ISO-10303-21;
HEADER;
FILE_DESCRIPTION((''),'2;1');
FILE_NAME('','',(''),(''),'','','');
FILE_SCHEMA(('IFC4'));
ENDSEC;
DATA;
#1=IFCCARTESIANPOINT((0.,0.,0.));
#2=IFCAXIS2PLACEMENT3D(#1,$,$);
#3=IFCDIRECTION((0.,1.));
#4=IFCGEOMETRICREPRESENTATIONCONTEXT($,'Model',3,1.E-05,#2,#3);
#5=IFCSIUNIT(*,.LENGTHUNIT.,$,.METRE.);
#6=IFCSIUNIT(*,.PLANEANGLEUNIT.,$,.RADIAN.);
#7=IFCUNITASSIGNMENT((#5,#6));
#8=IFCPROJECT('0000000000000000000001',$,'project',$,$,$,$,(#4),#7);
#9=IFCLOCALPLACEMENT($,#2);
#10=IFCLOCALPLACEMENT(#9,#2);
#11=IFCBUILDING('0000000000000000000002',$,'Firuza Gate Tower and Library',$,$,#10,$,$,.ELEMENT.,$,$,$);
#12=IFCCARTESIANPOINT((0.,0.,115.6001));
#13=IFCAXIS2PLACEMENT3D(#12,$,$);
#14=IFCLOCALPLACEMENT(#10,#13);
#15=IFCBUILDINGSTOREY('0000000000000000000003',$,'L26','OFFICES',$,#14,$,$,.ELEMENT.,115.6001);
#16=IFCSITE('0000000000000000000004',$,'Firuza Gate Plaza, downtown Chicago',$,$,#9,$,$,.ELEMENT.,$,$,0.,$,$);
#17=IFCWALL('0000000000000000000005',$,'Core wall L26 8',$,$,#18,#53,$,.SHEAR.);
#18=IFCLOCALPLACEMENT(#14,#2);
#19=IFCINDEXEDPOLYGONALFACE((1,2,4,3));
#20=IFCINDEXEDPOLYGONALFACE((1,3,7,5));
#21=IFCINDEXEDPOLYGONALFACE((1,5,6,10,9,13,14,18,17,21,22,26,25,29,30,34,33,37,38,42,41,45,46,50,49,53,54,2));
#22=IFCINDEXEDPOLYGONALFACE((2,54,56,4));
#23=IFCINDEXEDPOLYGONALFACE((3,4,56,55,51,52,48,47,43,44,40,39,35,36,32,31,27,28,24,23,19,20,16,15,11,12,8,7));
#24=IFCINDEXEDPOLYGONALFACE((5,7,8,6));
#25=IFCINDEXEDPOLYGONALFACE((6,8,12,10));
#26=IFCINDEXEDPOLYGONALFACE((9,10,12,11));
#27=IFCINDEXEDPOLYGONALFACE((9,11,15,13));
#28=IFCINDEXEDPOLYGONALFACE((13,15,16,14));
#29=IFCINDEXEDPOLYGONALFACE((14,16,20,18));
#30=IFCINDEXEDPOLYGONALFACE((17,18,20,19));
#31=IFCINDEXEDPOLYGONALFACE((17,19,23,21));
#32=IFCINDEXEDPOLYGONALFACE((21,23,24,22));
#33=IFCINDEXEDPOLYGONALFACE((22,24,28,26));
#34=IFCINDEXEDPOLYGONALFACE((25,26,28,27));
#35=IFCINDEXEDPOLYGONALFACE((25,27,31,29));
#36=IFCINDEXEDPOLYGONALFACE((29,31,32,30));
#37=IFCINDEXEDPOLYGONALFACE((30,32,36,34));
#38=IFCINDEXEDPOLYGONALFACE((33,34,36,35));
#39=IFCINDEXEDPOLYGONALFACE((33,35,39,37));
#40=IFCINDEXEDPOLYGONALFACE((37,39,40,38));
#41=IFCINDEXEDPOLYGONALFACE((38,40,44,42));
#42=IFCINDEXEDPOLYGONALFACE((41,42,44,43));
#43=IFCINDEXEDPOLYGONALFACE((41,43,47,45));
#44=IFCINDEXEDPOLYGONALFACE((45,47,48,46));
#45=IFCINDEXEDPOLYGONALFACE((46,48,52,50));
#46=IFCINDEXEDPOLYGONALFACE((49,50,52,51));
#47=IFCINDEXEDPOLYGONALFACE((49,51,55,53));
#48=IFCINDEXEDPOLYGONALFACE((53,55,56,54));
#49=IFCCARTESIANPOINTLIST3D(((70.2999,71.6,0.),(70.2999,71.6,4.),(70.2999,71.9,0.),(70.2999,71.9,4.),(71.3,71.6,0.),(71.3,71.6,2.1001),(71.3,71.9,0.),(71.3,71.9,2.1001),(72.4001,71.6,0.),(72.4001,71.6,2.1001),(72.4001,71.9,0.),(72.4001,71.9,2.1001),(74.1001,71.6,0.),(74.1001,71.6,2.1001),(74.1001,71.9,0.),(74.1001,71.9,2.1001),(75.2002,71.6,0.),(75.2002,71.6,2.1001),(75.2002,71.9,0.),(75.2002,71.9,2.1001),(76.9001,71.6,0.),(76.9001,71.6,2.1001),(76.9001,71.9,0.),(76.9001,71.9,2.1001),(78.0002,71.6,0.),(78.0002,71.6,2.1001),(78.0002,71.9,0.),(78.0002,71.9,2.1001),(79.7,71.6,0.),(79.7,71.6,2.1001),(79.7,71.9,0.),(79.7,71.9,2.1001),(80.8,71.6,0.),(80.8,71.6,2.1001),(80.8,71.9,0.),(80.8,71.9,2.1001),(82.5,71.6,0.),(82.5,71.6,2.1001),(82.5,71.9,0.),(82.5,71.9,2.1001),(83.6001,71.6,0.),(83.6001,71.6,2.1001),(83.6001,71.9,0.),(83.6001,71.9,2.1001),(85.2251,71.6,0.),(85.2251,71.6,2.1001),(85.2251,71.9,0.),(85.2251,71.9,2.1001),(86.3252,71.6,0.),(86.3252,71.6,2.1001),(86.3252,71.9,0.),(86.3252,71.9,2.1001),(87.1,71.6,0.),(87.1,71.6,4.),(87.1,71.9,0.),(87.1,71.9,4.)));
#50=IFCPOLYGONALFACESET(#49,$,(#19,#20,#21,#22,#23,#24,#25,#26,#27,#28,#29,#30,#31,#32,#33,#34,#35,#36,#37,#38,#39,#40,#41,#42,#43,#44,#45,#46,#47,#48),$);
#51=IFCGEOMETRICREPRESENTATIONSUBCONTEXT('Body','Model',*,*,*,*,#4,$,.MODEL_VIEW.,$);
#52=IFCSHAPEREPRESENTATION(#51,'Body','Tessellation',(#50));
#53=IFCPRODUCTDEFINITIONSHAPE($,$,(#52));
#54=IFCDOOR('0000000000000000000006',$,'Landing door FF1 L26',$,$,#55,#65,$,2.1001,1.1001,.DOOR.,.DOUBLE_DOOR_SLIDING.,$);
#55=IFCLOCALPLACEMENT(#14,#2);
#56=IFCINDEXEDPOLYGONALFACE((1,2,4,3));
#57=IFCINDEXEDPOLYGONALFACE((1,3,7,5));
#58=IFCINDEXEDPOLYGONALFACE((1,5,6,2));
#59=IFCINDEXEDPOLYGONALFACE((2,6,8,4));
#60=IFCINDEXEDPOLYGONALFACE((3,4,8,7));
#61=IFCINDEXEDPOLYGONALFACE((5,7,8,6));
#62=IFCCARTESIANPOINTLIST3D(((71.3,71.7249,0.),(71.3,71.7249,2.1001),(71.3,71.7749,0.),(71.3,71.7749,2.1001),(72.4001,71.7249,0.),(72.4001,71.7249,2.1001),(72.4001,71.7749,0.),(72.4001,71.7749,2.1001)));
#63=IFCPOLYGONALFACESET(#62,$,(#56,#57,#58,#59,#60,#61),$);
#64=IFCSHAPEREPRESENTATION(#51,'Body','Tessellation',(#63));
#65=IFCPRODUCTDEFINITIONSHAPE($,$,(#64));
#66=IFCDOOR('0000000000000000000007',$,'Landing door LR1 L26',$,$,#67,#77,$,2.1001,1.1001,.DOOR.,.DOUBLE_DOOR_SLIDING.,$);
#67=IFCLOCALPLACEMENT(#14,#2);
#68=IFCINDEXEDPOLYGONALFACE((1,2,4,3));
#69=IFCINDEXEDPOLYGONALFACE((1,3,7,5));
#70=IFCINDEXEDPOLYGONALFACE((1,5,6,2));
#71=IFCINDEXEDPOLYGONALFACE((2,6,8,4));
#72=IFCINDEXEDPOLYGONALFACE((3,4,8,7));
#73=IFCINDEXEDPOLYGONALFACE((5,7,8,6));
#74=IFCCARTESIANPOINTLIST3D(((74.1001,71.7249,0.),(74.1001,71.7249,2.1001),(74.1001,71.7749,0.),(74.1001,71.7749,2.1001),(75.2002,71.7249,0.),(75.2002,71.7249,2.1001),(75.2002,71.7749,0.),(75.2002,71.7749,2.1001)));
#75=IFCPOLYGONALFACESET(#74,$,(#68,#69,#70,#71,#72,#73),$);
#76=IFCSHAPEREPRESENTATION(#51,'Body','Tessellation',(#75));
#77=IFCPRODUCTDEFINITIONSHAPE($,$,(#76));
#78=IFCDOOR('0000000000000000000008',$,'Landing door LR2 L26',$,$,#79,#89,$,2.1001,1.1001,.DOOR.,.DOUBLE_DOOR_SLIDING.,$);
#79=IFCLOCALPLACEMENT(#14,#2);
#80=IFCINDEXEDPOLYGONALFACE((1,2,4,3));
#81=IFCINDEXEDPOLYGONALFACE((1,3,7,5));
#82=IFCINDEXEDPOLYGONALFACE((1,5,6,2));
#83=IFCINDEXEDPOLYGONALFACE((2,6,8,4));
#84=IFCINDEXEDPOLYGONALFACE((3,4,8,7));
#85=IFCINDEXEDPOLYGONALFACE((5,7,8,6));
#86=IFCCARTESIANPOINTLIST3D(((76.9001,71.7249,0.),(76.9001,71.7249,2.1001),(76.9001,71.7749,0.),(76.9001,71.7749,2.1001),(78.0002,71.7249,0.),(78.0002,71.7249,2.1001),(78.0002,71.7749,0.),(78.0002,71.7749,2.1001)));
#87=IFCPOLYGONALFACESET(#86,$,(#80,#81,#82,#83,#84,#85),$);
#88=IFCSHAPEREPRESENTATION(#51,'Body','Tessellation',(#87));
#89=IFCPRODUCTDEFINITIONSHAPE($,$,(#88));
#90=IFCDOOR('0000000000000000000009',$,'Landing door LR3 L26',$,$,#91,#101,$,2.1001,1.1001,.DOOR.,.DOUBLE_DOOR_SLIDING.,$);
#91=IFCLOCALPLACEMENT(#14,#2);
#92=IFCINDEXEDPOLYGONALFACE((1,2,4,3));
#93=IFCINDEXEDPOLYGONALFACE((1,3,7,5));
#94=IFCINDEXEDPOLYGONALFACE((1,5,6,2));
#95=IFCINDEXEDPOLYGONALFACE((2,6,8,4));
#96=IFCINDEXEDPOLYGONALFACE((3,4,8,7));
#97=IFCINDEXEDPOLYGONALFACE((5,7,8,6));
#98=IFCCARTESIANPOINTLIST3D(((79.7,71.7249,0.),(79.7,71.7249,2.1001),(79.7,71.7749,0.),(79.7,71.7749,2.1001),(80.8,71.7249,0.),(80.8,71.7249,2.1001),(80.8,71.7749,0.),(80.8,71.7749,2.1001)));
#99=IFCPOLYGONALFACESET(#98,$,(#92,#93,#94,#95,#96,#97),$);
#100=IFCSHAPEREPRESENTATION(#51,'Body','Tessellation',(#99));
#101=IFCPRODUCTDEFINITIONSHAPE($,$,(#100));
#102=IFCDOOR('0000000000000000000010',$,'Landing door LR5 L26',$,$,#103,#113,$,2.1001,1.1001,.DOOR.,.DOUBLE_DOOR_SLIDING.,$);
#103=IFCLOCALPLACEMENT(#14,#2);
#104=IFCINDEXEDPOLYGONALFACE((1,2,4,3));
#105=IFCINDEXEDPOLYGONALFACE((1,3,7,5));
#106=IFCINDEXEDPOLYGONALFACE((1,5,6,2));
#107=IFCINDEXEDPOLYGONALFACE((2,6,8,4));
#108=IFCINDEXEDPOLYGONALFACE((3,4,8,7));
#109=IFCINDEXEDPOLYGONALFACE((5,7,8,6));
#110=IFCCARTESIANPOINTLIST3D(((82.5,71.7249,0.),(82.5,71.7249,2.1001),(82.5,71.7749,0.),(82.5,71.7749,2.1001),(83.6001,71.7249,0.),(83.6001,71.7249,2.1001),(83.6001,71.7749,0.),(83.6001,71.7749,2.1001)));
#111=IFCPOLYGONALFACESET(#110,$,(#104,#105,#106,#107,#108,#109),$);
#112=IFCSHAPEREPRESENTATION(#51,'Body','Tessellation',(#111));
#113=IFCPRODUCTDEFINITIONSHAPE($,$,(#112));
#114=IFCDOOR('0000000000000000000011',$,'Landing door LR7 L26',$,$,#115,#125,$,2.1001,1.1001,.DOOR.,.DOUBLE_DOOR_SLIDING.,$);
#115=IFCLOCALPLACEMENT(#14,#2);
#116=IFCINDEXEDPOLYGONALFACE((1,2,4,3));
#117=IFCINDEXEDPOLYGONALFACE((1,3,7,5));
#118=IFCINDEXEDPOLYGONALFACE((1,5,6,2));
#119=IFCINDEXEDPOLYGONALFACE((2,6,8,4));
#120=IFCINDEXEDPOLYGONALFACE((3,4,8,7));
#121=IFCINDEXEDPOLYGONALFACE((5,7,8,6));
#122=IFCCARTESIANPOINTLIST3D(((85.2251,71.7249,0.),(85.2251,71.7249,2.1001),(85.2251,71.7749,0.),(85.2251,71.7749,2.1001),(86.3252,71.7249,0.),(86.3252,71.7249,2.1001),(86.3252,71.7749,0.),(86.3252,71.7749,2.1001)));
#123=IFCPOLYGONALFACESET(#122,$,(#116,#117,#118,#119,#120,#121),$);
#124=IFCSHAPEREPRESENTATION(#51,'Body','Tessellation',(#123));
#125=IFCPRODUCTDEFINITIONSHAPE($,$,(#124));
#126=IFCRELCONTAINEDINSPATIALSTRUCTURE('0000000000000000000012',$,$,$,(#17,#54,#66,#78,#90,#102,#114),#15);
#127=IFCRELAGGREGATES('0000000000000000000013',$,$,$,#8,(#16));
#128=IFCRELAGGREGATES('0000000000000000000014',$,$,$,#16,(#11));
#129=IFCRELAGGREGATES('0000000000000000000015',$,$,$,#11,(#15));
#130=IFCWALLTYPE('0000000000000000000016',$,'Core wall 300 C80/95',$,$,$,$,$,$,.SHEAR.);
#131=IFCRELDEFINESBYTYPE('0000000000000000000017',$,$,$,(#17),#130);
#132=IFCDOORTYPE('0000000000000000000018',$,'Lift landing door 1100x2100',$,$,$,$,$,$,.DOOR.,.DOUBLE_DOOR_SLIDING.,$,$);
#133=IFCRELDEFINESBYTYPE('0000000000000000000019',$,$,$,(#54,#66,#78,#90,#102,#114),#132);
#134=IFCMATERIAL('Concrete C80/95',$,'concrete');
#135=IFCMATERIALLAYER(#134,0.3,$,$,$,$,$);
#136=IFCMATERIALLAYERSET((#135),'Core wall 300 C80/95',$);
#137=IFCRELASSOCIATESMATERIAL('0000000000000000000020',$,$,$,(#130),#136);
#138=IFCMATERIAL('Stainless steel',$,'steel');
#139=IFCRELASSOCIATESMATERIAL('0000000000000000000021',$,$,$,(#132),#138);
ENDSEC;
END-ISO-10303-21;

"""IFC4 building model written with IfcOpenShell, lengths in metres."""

from ifc_helpers import new_model, si_unit, direction, frame, frame_2d, origin, place, context, subcontext, project, spatial, rectangle, extrude, material, layer, layer_set, type_object, element, fill, save


model = new_model("IFC4")

# Units and contexts
model_context = context("Model", 3, precision=1e-05, world=origin(), true_north=direction((0.0, 1.0)))
body_context = subcontext(model_context, "Body", "Model", "MODEL_VIEW")
ifc_project = project(units=[si_unit("LENGTHUNIT", "METRE"), si_unit("PLANEANGLEUNIT", "RADIAN")], contexts=[model_context])

# Site, building, storey
site_placement = place(None, origin())
site = spatial("IfcSite", under=ifc_project, at=site_placement, Name="Firuza Gate Plaza, downtown Chicago", CompositionType="ELEMENT", RefElevation=0.0)
building_placement = place(site_placement, origin())
building = spatial("IfcBuilding", under=site, at=building_placement, Name="Firuza Gate Tower and Library", CompositionType="ELEMENT")
storey_placement = place(building_placement, frame((0.0, 0.0, 115.6001)))
storey = spatial("IfcBuildingStorey", under=building, at=storey_placement, Name="L26", Description="OFFICES", CompositionType="ELEMENT", Elevation=115.6001)

# Shared definitions
ifc_material_1 = material(Name="Concrete C80/95", Category="concrete")
ifc_layer_1 = layer(ifc_material_1, 0.3)
ifc_layer_set_1 = layer_set([ifc_layer_1], Name="Core wall 300 C80/95")
wall_type_1 = type_object("IfcWallType", Name="Core wall 300 C80/95", PredefinedType="SHEAR", material=ifc_layer_set_1)

# Wall, openings, doors
wall_1_placement = place(storey_placement, frame((70.3, 71.75, 0.0), z_axis=(0.0, 0.0, 1.0), x_axis=(1.0, 0.0, 0.0)))
wall_1 = element("IfcWall", 1, at=wall_1_placement, inside=storey, type_object=wall_type_1, Name="Core wall L26 8", PredefinedType="SHEAR", context=body_context, shape_type="SweptSolid", body=[
    extrude(rectangle(XDim=16.8, YDim=0.3, at=frame_2d((8.3999, 0.0))), origin(), (0.0, 0.0, 1.0), 4.0),
])
opening_1_placement = place(wall_1_placement, frame((1.0, 0.0, 0.0)))
opening_1 = element("IfcOpeningElement", 2, at=opening_1_placement, cuts=wall_1, PredefinedType="OPENING", context=body_context, shape_type="SweptSolid", body=[
    extrude(rectangle(XDim=1.1001, YDim=2.1001, at=frame_2d((0.55, 1.05))), frame((0.0, 0.1602, 0.0), z_axis=(0.0, -1.0, 0.0), x_axis=(1.0, 0.0, 0.0)), (0.0, 0.0, 1.0), 0.3201),
])
opening_2_placement = place(wall_1_placement, frame((3.8, 0.0, 0.0)))
opening_2 = element("IfcOpeningElement", 3, at=opening_2_placement, cuts=wall_1, PredefinedType="OPENING", context=body_context, shape_type="SweptSolid", body=[
    extrude(rectangle(XDim=1.1001, YDim=2.1001, at=frame_2d((0.55, 1.05))), frame((0.0, 0.1602, 0.0), z_axis=(0.0, -1.0, 0.0), x_axis=(1.0, 0.0, 0.0)), (0.0, 0.0, 1.0), 0.3201),
])
opening_3_placement = place(wall_1_placement, frame((6.6001, 0.0, 0.0)))
opening_3 = element("IfcOpeningElement", 4, at=opening_3_placement, cuts=wall_1, PredefinedType="OPENING", context=body_context, shape_type="SweptSolid", body=[
    extrude(rectangle(XDim=1.1001, YDim=2.1001, at=frame_2d((0.55, 1.05))), frame((0.0, 0.1602, 0.0), z_axis=(0.0, -1.0, 0.0), x_axis=(1.0, 0.0, 0.0)), (0.0, 0.0, 1.0), 0.3201),
])
opening_4_placement = place(wall_1_placement, frame((9.3999, 0.0, 0.0)))
opening_4 = element("IfcOpeningElement", 5, at=opening_4_placement, cuts=wall_1, PredefinedType="OPENING", context=body_context, shape_type="SweptSolid", body=[
    extrude(rectangle(XDim=1.1001, YDim=2.1001, at=frame_2d((0.55, 1.05))), frame((0.0, 0.1602, 0.0), z_axis=(0.0, -1.0, 0.0), x_axis=(1.0, 0.0, 0.0)), (0.0, 0.0, 1.0), 0.3201),
])
opening_5_placement = place(wall_1_placement, frame((12.2, 0.0, 0.0)))
opening_5 = element("IfcOpeningElement", 6, at=opening_5_placement, cuts=wall_1, PredefinedType="OPENING", context=body_context, shape_type="SweptSolid", body=[
    extrude(rectangle(XDim=1.1001, YDim=2.1001, at=frame_2d((0.55, 1.05))), frame((0.0, 0.1602, 0.0), z_axis=(0.0, -1.0, 0.0), x_axis=(1.0, 0.0, 0.0)), (0.0, 0.0, 1.0), 0.3201),
])
opening_6_placement = place(wall_1_placement, frame((14.925, 0.0, 0.0)))
opening_6 = element("IfcOpeningElement", 7, at=opening_6_placement, cuts=wall_1, PredefinedType="OPENING", context=body_context, shape_type="SweptSolid", body=[
    extrude(rectangle(XDim=1.1001, YDim=2.1001, at=frame_2d((0.55, 1.05))), frame((0.0, 0.1602, 0.0), z_axis=(0.0, -1.0, 0.0), x_axis=(1.0, 0.0, 0.0)), (0.0, 0.0, 1.0), 0.3201),
])
ifc_material_2 = material(Name="Stainless steel", Category="steel")
door_type_1 = type_object("IfcDoorType", Name="Lift landing door 1100x2100", OperationType="DOUBLE_DOOR_SLIDING", PredefinedType="DOOR", material=ifc_material_2)
door_1_placement = place(opening_1_placement, origin())
door_1 = element("IfcDoor", 8, at=door_1_placement, inside=storey, type_object=door_type_1, Name="Landing door FF1 L26", OperationType="DOUBLE_DOOR_SLIDING", OverallHeight=2.1001, OverallWidth=1.1001, PredefinedType="DOOR", context=body_context, shape_type="SweptSolid", body=[
    extrude(rectangle(XDim=1.1001, YDim=2.1001, at=frame_2d((0.55, 1.05))), frame((0.0, 0.0249, 0.0), z_axis=(0.0, -1.0, 0.0), x_axis=(1.0, 0.0, 0.0)), (0.0, 0.0, 1.0), 0.05),
])
fill(opening_1, door_1)
door_2_placement = place(opening_2_placement, origin())
door_2 = element("IfcDoor", 9, at=door_2_placement, inside=storey, type_object=door_type_1, Name="Landing door LR1 L26", OperationType="DOUBLE_DOOR_SLIDING", OverallHeight=2.1001, OverallWidth=1.1001, PredefinedType="DOOR", context=body_context, shape_type="SweptSolid", body=[
    extrude(rectangle(XDim=1.1001, YDim=2.1001, at=frame_2d((0.55, 1.05))), frame((0.0, 0.0249, 0.0), z_axis=(0.0, -1.0, 0.0), x_axis=(1.0, 0.0, 0.0)), (0.0, 0.0, 1.0), 0.05),
])
fill(opening_2, door_2)
door_3_placement = place(opening_3_placement, origin())
door_3 = element("IfcDoor", 10, at=door_3_placement, inside=storey, type_object=door_type_1, Name="Landing door LR2 L26", OperationType="DOUBLE_DOOR_SLIDING", OverallHeight=2.1001, OverallWidth=1.1001, PredefinedType="DOOR", context=body_context, shape_type="SweptSolid", body=[
    extrude(rectangle(XDim=1.1001, YDim=2.1001, at=frame_2d((0.55, 1.05))), frame((0.0, 0.0249, 0.0), z_axis=(0.0, -1.0, 0.0), x_axis=(1.0, 0.0, 0.0)), (0.0, 0.0, 1.0), 0.05),
])
fill(opening_3, door_3)
door_4_placement = place(opening_4_placement, origin())
door_4 = element("IfcDoor", 11, at=door_4_placement, inside=storey, type_object=door_type_1, Name="Landing door LR3 L26", OperationType="DOUBLE_DOOR_SLIDING", OverallHeight=2.1001, OverallWidth=1.1001, PredefinedType="DOOR", context=body_context, shape_type="SweptSolid", body=[
    extrude(rectangle(XDim=1.1001, YDim=2.1001, at=frame_2d((0.55, 1.05))), frame((0.0, 0.0249, 0.0), z_axis=(0.0, -1.0, 0.0), x_axis=(1.0, 0.0, 0.0)), (0.0, 0.0, 1.0), 0.05),
])
fill(opening_4, door_4)
door_5_placement = place(opening_5_placement, origin())
door_5 = element("IfcDoor", 12, at=door_5_placement, inside=storey, type_object=door_type_1, Name="Landing door LR5 L26", OperationType="DOUBLE_DOOR_SLIDING", OverallHeight=2.1001, OverallWidth=1.1001, PredefinedType="DOOR", context=body_context, shape_type="SweptSolid", body=[
    extrude(rectangle(XDim=1.1001, YDim=2.1001, at=frame_2d((0.55, 1.05))), frame((0.0, 0.0249, 0.0), z_axis=(0.0, -1.0, 0.0), x_axis=(1.0, 0.0, 0.0)), (0.0, 0.0, 1.0), 0.05),
])
fill(opening_5, door_5)
door_6_placement = place(opening_6_placement, origin())
door_6 = element("IfcDoor", 13, at=door_6_placement, inside=storey, type_object=door_type_1, Name="Landing door LR7 L26", OperationType="DOUBLE_DOOR_SLIDING", OverallHeight=2.1001, OverallWidth=1.1001, PredefinedType="DOOR", context=body_context, shape_type="SweptSolid", body=[
    extrude(rectangle(XDim=1.1001, YDim=2.1001, at=frame_2d((0.55, 1.05))), frame((0.0, 0.0249, 0.0), z_axis=(0.0, -1.0, 0.0), x_axis=(1.0, 0.0, 0.0)), (0.0, 0.0, 1.0), 0.05),
])
fill(opening_6, door_6)

save(model, "model.ifc")
